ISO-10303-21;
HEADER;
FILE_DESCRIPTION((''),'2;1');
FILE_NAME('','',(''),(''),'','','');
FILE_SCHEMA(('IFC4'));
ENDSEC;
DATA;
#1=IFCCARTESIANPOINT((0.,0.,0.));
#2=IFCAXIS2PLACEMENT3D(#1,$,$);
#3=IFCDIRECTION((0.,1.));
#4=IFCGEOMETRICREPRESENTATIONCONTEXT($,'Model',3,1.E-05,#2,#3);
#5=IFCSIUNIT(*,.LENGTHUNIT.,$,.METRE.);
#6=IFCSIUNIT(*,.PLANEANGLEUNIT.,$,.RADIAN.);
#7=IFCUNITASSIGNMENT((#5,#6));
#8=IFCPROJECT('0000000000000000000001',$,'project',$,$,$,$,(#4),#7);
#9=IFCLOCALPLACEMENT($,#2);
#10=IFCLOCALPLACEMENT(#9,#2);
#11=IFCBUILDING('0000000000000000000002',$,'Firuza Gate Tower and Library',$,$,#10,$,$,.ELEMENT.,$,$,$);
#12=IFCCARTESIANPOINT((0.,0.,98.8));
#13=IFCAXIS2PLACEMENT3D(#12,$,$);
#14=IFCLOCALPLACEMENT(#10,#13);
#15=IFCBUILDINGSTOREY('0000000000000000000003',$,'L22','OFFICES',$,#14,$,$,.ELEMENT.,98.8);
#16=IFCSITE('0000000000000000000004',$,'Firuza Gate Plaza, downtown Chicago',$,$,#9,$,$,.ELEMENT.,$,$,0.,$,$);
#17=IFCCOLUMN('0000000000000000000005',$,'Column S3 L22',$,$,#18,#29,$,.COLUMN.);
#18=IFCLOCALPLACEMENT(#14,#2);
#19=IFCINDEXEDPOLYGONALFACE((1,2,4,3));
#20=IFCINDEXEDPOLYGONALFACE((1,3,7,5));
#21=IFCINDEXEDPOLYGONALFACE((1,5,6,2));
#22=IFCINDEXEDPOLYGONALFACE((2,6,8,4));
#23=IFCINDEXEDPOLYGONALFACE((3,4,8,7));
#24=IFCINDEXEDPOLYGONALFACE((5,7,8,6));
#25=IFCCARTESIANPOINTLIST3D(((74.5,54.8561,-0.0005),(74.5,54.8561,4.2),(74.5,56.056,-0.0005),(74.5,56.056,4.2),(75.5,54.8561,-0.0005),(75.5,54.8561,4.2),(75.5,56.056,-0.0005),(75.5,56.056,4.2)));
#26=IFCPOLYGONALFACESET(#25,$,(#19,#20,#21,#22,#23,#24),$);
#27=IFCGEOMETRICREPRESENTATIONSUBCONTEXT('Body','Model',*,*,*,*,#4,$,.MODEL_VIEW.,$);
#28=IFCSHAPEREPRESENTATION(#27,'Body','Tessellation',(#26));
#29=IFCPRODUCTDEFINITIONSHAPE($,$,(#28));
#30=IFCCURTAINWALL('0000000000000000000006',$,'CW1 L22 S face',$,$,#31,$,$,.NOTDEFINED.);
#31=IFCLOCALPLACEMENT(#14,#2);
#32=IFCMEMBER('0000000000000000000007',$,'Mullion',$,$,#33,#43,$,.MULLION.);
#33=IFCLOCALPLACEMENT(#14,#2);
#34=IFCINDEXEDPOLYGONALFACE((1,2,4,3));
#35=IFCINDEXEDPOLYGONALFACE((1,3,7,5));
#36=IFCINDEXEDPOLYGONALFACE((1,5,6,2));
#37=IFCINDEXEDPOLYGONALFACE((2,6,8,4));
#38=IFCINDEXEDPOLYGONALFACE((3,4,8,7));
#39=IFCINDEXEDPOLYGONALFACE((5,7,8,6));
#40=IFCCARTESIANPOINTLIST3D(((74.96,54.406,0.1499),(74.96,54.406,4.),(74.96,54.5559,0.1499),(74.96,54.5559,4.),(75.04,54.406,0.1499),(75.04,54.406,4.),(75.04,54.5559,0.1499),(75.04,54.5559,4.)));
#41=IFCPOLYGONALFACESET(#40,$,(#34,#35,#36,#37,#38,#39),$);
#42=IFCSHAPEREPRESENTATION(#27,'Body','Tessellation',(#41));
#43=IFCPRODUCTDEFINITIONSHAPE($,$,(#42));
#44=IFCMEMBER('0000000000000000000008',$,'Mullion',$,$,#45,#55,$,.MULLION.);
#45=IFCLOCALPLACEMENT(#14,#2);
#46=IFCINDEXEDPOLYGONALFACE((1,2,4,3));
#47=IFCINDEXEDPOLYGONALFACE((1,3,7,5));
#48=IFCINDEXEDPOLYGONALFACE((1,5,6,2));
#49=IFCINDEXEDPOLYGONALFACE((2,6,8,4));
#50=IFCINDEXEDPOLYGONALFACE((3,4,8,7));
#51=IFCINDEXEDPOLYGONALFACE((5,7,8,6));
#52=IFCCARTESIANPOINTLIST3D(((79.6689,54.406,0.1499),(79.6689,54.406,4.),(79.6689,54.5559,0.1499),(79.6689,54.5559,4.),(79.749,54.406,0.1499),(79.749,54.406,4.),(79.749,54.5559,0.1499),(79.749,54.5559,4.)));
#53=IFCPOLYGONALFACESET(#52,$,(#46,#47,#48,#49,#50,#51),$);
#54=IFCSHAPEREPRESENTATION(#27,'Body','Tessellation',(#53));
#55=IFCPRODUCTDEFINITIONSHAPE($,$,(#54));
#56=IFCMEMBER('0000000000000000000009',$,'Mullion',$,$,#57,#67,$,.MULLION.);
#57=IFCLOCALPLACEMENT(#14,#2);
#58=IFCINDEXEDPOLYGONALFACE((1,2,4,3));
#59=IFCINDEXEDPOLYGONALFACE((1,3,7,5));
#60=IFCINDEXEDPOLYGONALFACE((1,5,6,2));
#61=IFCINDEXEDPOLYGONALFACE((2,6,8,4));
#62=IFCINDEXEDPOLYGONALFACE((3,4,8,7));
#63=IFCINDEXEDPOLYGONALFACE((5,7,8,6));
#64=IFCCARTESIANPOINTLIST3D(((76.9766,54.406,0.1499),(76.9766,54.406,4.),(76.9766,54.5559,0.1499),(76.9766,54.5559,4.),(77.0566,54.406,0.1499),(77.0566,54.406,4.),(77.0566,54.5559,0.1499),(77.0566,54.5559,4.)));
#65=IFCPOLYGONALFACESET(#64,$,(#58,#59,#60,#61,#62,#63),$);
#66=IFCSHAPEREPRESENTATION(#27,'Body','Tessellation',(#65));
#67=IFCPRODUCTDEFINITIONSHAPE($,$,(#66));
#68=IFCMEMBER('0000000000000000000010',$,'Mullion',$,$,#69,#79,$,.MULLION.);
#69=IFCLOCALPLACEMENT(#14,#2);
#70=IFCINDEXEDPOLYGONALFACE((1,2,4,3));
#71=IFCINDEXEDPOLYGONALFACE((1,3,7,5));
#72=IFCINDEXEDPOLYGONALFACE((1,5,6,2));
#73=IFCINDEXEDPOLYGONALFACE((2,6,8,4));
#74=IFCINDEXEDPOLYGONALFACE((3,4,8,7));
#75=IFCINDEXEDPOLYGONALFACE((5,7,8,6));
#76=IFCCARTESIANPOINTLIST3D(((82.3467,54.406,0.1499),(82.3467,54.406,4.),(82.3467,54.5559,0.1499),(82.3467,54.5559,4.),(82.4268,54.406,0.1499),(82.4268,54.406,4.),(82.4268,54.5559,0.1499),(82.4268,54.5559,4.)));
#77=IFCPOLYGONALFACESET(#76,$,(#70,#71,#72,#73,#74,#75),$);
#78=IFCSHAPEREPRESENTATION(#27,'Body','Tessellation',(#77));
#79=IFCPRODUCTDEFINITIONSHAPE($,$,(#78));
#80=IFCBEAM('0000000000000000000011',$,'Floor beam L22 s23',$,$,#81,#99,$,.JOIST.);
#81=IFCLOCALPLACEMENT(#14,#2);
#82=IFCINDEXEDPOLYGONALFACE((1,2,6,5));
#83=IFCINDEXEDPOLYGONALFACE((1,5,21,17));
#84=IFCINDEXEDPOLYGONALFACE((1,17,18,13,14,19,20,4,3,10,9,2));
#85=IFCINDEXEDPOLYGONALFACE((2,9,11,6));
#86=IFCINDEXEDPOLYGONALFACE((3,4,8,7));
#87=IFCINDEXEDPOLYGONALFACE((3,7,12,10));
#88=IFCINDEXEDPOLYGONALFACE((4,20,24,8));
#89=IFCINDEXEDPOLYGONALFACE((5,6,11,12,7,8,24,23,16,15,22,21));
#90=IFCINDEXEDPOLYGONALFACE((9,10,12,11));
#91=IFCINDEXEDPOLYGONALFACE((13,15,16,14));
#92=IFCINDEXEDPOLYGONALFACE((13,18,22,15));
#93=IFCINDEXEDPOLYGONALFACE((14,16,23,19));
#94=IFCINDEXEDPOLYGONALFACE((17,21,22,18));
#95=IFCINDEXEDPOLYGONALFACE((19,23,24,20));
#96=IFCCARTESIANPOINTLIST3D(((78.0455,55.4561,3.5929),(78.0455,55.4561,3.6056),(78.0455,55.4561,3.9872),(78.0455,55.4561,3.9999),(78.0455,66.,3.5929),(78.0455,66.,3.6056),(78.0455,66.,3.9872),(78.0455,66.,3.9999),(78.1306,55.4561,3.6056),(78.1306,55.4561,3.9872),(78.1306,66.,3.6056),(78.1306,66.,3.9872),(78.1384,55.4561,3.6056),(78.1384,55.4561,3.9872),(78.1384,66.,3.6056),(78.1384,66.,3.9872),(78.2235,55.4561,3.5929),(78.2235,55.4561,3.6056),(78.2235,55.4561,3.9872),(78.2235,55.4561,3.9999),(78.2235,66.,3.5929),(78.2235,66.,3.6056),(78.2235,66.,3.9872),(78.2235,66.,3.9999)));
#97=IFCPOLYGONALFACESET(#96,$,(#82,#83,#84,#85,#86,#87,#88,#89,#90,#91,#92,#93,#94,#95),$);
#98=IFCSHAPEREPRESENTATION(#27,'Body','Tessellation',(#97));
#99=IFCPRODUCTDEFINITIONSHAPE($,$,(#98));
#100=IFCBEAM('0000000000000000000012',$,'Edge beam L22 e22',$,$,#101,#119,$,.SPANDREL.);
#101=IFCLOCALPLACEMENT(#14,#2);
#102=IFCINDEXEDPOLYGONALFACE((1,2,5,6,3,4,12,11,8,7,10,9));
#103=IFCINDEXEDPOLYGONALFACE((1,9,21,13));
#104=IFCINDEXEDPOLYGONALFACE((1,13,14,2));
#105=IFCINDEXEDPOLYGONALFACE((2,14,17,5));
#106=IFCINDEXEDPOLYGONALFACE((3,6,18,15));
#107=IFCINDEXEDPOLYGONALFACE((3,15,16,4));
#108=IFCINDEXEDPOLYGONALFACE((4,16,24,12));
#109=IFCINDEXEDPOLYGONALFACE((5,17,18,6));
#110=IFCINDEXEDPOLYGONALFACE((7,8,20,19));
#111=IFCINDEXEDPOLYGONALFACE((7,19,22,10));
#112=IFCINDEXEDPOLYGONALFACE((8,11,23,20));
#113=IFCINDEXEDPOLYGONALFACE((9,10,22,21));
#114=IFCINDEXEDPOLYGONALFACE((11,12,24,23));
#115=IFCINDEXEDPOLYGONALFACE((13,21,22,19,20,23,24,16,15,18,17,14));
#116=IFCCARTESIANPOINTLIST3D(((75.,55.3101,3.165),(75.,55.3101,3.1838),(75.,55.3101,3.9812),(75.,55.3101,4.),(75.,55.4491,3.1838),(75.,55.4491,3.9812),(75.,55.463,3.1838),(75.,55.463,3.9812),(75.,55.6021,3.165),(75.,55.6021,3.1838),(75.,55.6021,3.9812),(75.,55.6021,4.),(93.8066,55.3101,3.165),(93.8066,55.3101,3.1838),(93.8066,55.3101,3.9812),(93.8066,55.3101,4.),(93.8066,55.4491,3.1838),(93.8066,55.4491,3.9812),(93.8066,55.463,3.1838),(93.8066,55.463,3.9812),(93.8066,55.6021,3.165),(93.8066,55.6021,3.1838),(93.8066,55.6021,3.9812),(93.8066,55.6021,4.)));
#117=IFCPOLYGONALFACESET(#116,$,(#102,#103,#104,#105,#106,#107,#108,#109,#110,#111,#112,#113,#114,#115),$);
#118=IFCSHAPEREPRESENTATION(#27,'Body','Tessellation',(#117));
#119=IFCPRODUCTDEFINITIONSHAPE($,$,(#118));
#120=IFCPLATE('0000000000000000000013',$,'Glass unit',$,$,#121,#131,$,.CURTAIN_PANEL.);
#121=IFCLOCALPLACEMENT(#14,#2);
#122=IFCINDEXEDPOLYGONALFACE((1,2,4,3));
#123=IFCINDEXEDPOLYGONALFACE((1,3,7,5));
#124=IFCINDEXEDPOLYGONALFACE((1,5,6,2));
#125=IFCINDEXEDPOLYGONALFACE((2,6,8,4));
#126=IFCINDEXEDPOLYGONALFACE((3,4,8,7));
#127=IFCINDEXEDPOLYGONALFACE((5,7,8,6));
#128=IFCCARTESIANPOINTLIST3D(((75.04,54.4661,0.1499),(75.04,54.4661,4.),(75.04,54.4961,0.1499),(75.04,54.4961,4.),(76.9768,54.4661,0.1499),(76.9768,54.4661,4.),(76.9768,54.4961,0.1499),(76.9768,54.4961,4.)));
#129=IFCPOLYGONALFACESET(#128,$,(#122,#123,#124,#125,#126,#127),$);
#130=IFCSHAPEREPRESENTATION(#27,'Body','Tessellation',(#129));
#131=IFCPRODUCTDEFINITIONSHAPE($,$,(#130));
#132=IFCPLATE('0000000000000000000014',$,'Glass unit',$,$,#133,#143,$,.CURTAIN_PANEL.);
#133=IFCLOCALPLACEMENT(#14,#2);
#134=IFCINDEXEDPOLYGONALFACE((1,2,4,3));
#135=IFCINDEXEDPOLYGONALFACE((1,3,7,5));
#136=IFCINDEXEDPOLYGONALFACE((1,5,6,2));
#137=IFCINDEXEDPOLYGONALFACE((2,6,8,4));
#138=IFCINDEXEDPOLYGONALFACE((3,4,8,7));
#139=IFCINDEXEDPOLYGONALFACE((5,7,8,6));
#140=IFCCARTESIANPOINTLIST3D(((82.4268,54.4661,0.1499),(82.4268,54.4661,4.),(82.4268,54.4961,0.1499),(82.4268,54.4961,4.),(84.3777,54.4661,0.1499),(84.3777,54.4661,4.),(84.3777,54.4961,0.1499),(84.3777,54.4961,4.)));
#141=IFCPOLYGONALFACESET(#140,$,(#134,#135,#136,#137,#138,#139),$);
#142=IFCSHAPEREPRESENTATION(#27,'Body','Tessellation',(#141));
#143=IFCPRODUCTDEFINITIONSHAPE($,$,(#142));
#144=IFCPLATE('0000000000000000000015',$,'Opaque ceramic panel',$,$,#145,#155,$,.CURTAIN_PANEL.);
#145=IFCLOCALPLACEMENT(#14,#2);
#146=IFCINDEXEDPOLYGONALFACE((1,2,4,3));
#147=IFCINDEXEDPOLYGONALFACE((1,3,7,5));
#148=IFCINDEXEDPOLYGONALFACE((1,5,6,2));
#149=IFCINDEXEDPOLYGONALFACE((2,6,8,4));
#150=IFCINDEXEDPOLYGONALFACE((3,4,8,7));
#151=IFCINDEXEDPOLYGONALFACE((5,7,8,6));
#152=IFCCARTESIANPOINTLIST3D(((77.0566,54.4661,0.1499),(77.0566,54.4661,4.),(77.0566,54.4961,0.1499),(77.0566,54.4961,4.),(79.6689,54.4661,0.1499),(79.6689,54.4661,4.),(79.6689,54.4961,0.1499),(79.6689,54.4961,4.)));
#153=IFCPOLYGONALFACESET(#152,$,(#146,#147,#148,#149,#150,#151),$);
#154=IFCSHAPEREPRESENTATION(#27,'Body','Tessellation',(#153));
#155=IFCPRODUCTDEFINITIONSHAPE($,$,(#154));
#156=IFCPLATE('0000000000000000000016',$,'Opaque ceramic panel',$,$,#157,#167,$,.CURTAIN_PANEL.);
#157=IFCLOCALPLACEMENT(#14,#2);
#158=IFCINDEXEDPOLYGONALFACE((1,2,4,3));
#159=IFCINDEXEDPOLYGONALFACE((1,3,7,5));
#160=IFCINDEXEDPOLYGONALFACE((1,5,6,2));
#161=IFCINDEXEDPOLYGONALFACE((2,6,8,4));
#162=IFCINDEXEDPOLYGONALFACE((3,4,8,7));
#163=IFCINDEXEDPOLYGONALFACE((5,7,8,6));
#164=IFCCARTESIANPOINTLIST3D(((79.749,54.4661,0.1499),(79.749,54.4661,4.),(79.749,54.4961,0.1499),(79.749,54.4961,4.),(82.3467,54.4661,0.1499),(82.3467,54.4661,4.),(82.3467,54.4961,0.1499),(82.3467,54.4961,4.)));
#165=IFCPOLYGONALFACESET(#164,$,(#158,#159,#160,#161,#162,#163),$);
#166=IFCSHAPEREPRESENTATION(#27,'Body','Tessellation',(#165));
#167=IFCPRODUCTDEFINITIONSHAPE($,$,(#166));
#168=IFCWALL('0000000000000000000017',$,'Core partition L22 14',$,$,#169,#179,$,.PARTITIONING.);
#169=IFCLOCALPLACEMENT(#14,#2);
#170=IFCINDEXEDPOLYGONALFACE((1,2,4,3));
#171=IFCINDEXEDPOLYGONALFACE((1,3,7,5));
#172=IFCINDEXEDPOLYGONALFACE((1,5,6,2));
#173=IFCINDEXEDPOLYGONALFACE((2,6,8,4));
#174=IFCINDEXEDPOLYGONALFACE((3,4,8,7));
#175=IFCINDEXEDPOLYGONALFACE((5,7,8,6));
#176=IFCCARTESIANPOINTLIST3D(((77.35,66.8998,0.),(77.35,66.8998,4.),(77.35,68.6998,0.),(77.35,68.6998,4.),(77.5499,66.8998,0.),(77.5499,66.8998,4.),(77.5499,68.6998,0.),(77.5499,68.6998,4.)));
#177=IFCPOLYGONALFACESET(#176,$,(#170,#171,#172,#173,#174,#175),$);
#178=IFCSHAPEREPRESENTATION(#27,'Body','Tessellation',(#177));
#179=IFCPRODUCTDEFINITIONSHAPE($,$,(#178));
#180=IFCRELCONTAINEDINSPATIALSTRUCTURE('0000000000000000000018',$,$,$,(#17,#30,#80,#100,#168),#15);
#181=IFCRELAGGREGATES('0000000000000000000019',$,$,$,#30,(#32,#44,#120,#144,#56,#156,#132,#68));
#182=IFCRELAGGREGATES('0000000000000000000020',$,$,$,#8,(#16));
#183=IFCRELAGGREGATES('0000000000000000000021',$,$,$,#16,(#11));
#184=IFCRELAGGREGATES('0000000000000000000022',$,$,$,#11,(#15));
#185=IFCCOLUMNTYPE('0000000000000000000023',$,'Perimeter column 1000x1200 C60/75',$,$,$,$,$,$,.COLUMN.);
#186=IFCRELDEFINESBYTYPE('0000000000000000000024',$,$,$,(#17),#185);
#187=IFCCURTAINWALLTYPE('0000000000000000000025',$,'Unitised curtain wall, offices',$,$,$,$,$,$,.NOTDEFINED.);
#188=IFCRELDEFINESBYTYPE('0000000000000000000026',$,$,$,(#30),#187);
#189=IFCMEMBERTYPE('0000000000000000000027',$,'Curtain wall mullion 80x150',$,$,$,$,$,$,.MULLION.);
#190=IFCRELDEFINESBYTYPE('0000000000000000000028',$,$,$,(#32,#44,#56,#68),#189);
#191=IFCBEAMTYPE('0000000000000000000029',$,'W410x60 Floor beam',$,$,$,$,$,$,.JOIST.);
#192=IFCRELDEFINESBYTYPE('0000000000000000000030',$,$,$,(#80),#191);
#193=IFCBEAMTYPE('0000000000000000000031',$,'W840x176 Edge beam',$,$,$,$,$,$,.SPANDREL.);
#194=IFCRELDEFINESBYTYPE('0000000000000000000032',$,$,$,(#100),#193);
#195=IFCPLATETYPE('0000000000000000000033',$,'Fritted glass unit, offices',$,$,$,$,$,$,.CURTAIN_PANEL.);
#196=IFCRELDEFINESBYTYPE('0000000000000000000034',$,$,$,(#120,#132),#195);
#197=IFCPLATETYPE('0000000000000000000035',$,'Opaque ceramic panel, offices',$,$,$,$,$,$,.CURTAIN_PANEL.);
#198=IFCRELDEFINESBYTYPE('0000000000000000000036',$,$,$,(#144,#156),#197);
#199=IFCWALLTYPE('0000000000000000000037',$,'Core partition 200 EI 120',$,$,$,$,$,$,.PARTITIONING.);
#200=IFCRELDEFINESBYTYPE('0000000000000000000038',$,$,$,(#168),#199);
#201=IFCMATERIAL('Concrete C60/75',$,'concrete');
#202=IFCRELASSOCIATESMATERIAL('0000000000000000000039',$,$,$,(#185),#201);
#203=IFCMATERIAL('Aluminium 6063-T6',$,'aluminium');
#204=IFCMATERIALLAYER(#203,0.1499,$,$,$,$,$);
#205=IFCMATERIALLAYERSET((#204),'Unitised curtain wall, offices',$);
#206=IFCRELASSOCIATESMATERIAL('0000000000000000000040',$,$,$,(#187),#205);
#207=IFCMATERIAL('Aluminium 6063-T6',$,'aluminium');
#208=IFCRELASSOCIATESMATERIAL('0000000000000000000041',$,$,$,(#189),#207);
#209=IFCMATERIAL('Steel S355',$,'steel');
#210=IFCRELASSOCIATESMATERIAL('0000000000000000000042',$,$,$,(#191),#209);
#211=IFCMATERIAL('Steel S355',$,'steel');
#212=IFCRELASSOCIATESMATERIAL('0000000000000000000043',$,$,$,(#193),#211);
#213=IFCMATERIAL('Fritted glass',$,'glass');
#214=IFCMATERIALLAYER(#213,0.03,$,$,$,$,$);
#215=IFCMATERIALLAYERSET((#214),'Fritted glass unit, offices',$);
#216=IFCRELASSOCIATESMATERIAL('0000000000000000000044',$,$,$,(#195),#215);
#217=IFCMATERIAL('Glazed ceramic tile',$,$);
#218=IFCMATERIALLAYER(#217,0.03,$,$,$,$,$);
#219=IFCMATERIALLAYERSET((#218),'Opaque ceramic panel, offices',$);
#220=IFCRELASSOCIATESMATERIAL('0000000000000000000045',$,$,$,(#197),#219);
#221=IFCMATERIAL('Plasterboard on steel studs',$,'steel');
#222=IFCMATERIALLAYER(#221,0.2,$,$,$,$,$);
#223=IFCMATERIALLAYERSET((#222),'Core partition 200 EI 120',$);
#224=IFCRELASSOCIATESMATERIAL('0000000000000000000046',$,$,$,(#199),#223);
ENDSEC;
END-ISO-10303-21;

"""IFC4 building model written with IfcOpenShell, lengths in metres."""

from ifc_helpers import new_model, si_unit, direction, frame, frame_2d, origin, origin_2d, place, context, subcontext, project, spatial, polyline, rectangle, i_section, outline, extrude, material, layer, layer_set, material_profile, profile_set, type_object, element, aggregate, save


model = new_model("IFC4")

# Units and contexts
model_context = context("Model", 3, precision=1e-05, world=origin(), true_north=direction((0.0, 1.0)))
body_context = subcontext(model_context, "Body", "Model", "MODEL_VIEW")
ifc_project = project(units=[si_unit("LENGTHUNIT", "METRE"), si_unit("PLANEANGLEUNIT", "RADIAN")], contexts=[model_context])

# Site, building, storey
site_placement = place(None, origin())
site = spatial("IfcSite", under=ifc_project, at=site_placement, Name="Firuza Gate Plaza, downtown Chicago", CompositionType="ELEMENT", RefElevation=0.0)
building_placement = place(site_placement, origin())
building = spatial("IfcBuilding", under=site, at=building_placement, Name="Firuza Gate Tower and Library", CompositionType="ELEMENT")
storey_placement = place(building_placement, frame((0.0, 0.0, 98.8)))
storey = spatial("IfcBuildingStorey", under=building, at=storey_placement, Name="L22", Description="OFFICES", CompositionType="ELEMENT", Elevation=98.8)

# Column
ifc_material_1 = material(Name="Concrete C60/75", Category="concrete")
ifc_material_profile_1 = material_profile(ifc_material_1, rectangle(XDim=1.0, YDim=1.2, at=origin_2d()))
ifc_profile_set_1 = profile_set([ifc_material_profile_1], Name="Concrete C60/75")
column_type = type_object("IfcColumnType", Name="Perimeter column 1000x1200 C60/75", PredefinedType="COLUMN", material=ifc_profile_set_1)
column_placement = place(storey_placement, frame((75.0, 55.4561, -0.0005), z_axis=(0.0, 0.0, 1.0), x_axis=(1.0, 0.0, 0.0)))
element("IfcColumn", 1, at=column_placement, inside=storey, type_object=column_type, Name="Column S3 L22", PredefinedType="COLUMN", context=body_context, shape_type="SweptSolid", body=[
    extrude(rectangle(XDim=1.0, YDim=1.2, at=origin_2d()), origin(), (0.0, 0.0, 1.0), 4.2004),
])

# Curtain wall, members
ifc_material_2 = material(Name="Aluminium 6063-T6", Category="aluminium")
ifc_layer_1 = layer(ifc_material_2, 0.1499)
ifc_layer_set_1 = layer_set([ifc_layer_1], Name="Unitised curtain wall, offices")
curtain_wall_type = type_object("IfcCurtainWallType", Name="Unitised curtain wall, offices", PredefinedType="NOTDEFINED", material=ifc_layer_set_1)
curtain_wall_placement = place(storey_placement, origin())
curtain_wall = element("IfcCurtainWall", 2, at=curtain_wall_placement, inside=storey, type_object=curtain_wall_type, Name="CW1 L22 S face", PredefinedType="NOTDEFINED")
ifc_material_3 = material(Name="Aluminium 6063-T6", Category="aluminium")
ifc_material_profile_2 = material_profile(ifc_material_3, rectangle(XDim=0.1499, YDim=0.0801, at=origin_2d()))
ifc_profile_set_2 = profile_set([ifc_material_profile_2], Name="Aluminium 6063-T6")
member_type = type_object("IfcMemberType", Name="Curtain wall mullion 80x150", PredefinedType="MULLION", material=ifc_profile_set_2)
member_1_placement = place(storey_placement, frame((75.0, 54.481, 0.1499), z_axis=(0.0, 0.0, 1.0), x_axis=(0.0, 1.0, 0.0)))
member_1 = element("IfcMember", 3, at=member_1_placement, type_object=member_type, Name="Mullion", PredefinedType="MULLION", context=body_context, shape_type="SweptSolid", body=[
    extrude(rectangle(XDim=0.1499, YDim=0.0801, at=origin_2d()), origin(), (0.0, 0.0, 1.0), 3.8501),
])
member_2_placement = place(storey_placement, frame((79.709, 54.481, 0.1499), z_axis=(0.0, 0.0, 1.0), x_axis=(0.0, 1.0, 0.0)))
member_2 = element("IfcMember", 4, at=member_2_placement, type_object=member_type, Name="Mullion", PredefinedType="MULLION", context=body_context, shape_type="SweptSolid", body=[
    extrude(rectangle(XDim=0.1499, YDim=0.0801, at=origin_2d()), origin(), (0.0, 0.0, 1.0), 3.8501),
])
member_3_placement = place(storey_placement, frame((77.0166, 54.481, 0.1499), z_axis=(0.0, 0.0, 1.0), x_axis=(0.0, 1.0, 0.0)))
member_3 = element("IfcMember", 5, at=member_3_placement, type_object=member_type, Name="Mullion", PredefinedType="MULLION", context=body_context, shape_type="SweptSolid", body=[
    extrude(rectangle(XDim=0.1499, YDim=0.0801, at=origin_2d()), origin(), (0.0, 0.0, 1.0), 3.8501),
])
member_4_placement = place(storey_placement, frame((82.3867, 54.481, 0.1499), z_axis=(0.0, 0.0, 1.0), x_axis=(0.0, 1.0, 0.0)))
member_4 = element("IfcMember", 6, at=member_4_placement, type_object=member_type, Name="Mullion", PredefinedType="MULLION", context=body_context, shape_type="SweptSolid", body=[
    extrude(rectangle(XDim=0.1499, YDim=0.0801, at=origin_2d()), origin(), (0.0, 0.0, 1.0), 3.8501),
])

# Beams
ifc_material_4 = material(Name="Steel S355", Category="steel")
ifc_material_profile_3 = material_profile(ifc_material_4, i_section(OverallWidth=0.178, OverallDepth=0.407, WebThickness=0.0078, FlangeThickness=0.0127, at=origin_2d()))
ifc_profile_set_3 = profile_set([ifc_material_profile_3], Name="Steel S355")
beam_type_1 = type_object("IfcBeamType", Name="W410x60 Floor beam", PredefinedType="JOIST", material=ifc_profile_set_3)
beam_1_placement = place(storey_placement, frame((78.1345, 55.4561, 3.7964), z_axis=(0.0, 1.0, 0.0), x_axis=(-1.0, 0.0, 0.0)))
element("IfcBeam", 7, at=beam_1_placement, inside=storey, type_object=beam_type_1, Name="Floor beam L22 s23", PredefinedType="JOIST", context=body_context, shape_type="SweptSolid", body=[
    extrude(i_section(OverallWidth=0.178, OverallDepth=0.407, WebThickness=0.0078, FlangeThickness=0.0127, at=origin_2d()), origin(), (0.0, 0.0, 1.0), 10.5439),
])
ifc_material_5 = material(Name="Steel S355", Category="steel")
ifc_material_profile_4 = material_profile(ifc_material_5, i_section(OverallWidth=0.292, OverallDepth=0.835, WebThickness=0.0139, FlangeThickness=0.0188, at=origin_2d()))
ifc_profile_set_4 = profile_set([ifc_material_profile_4], Name="Steel S355")
beam_type_2 = type_object("IfcBeamType", Name="W840x176 Edge beam", PredefinedType="SPANDREL", material=ifc_profile_set_4)
beam_2_placement = place(storey_placement, frame((75.0, 55.4561, 3.5825), z_axis=(1.0, 0.0, 0.0), x_axis=(0.0, 1.0, 0.0)))
element("IfcBeam", 8, at=beam_2_placement, inside=storey, type_object=beam_type_2, Name="Edge beam L22 e22", PredefinedType="SPANDREL", context=body_context, shape_type="SweptSolid", body=[
    extrude(i_section(OverallWidth=0.292, OverallDepth=0.835, WebThickness=0.0139, FlangeThickness=0.0188, at=origin_2d()), origin(), (0.0, 0.0, 1.0), 18.8066),
])

# Plates
ifc_material_6 = material(Name="Fritted glass", Category="glass")
ifc_layer_2 = layer(ifc_material_6, 0.03)
ifc_layer_set_2 = layer_set([ifc_layer_2], Name="Fritted glass unit, offices")
plate_type_1 = type_object("IfcPlateType", Name="Fritted glass unit, offices", PredefinedType="CURTAIN_PANEL", material=ifc_layer_set_2)
plate_1_placement = place(storey_placement, frame((75.04, 54.4661, 0.1499), z_axis=(0.0, -1.0, 0.0), x_axis=(1.0, 0.0, 0.0)))
plate_1 = element("IfcPlate", 9, at=plate_1_placement, type_object=plate_type_1, Name="Glass unit", PredefinedType="CURTAIN_PANEL", context=body_context, shape_type="SweptSolid", body=[
    extrude(outline(polyline([(0.0, 0.0), (1.9368, 0.0), (1.9368, 3.8501), (0.0, 3.8501), (0.0, 0.0)])), origin(), (0.0, 0.0, -1.0), 0.03),
])
plate_2_placement = place(storey_placement, frame((82.4268, 54.4661, 0.1499), z_axis=(0.0, -1.0, 0.0), x_axis=(1.0, 0.0, 0.0)))
plate_2 = element("IfcPlate", 10, at=plate_2_placement, type_object=plate_type_1, Name="Glass unit", PredefinedType="CURTAIN_PANEL", context=body_context, shape_type="SweptSolid", body=[
    extrude(outline(polyline([(0.0, 0.0), (1.9509, 0.0), (1.9509, 3.8501), (0.0, 3.8501), (0.0, 0.0)])), origin(), (0.0, 0.0, -1.0), 0.03),
])
ifc_material_7 = material(Name="Glazed ceramic tile")
ifc_layer_3 = layer(ifc_material_7, 0.03)
ifc_layer_set_3 = layer_set([ifc_layer_3], Name="Opaque ceramic panel, offices")
plate_type_2 = type_object("IfcPlateType", Name="Opaque ceramic panel, offices", PredefinedType="CURTAIN_PANEL", material=ifc_layer_set_3)
plate_3_placement = place(storey_placement, frame((77.0566, 54.4661, 0.1499), z_axis=(0.0, -1.0, 0.0), x_axis=(1.0, 0.0, 0.0)))
plate_3 = element("IfcPlate", 11, at=plate_3_placement, type_object=plate_type_2, Name="Opaque ceramic panel", PredefinedType="CURTAIN_PANEL", context=body_context, shape_type="SweptSolid", body=[
    extrude(outline(polyline([(0.0, 0.0), (2.6123, 0.0), (2.6123, 3.8501), (0.0, 3.8501), (0.0, 0.0)])), origin(), (0.0, 0.0, -1.0), 0.03),
])
plate_4_placement = place(storey_placement, frame((79.749, 54.4661, 0.1499), z_axis=(0.0, -1.0, 0.0), x_axis=(1.0, 0.0, 0.0)))
plate_4 = element("IfcPlate", 12, at=plate_4_placement, type_object=plate_type_2, Name="Opaque ceramic panel", PredefinedType="CURTAIN_PANEL", context=body_context, shape_type="SweptSolid", body=[
    extrude(outline(polyline([(0.0, 0.0), (2.5977, 0.0), (2.5977, 3.8501), (0.0, 3.8501), (0.0, 0.0)])), origin(), (0.0, 0.0, -1.0), 0.03),
])
aggregate(curtain_wall, [member_1, member_2, plate_1, plate_3, member_3, plate_4, plate_2, member_4])

# Wall
ifc_material_8 = material(Name="Plasterboard on steel studs", Category="steel")
ifc_layer_4 = layer(ifc_material_8, 0.2)
ifc_layer_set_4 = layer_set([ifc_layer_4], Name="Core partition 200 EI 120")
wall_type_1 = type_object("IfcWallType", Name="Core partition 200 EI 120", PredefinedType="PARTITIONING", material=ifc_layer_set_4)
wall_1_placement = place(storey_placement, frame((77.45, 66.8999, 0.0), z_axis=(0.0, 0.0, 1.0), x_axis=(0.0, 1.0, 0.0)))
element("IfcWall", 13, at=wall_1_placement, inside=storey, type_object=wall_type_1, Name="Core partition L22 14", PredefinedType="PARTITIONING", context=body_context, shape_type="SweptSolid", body=[
    extrude(rectangle(XDim=1.8, YDim=0.2, at=frame_2d((0.8999, 0.0))), origin(), (0.0, 0.0, 1.0), 4.0),
])

save(model, "model.ifc")
